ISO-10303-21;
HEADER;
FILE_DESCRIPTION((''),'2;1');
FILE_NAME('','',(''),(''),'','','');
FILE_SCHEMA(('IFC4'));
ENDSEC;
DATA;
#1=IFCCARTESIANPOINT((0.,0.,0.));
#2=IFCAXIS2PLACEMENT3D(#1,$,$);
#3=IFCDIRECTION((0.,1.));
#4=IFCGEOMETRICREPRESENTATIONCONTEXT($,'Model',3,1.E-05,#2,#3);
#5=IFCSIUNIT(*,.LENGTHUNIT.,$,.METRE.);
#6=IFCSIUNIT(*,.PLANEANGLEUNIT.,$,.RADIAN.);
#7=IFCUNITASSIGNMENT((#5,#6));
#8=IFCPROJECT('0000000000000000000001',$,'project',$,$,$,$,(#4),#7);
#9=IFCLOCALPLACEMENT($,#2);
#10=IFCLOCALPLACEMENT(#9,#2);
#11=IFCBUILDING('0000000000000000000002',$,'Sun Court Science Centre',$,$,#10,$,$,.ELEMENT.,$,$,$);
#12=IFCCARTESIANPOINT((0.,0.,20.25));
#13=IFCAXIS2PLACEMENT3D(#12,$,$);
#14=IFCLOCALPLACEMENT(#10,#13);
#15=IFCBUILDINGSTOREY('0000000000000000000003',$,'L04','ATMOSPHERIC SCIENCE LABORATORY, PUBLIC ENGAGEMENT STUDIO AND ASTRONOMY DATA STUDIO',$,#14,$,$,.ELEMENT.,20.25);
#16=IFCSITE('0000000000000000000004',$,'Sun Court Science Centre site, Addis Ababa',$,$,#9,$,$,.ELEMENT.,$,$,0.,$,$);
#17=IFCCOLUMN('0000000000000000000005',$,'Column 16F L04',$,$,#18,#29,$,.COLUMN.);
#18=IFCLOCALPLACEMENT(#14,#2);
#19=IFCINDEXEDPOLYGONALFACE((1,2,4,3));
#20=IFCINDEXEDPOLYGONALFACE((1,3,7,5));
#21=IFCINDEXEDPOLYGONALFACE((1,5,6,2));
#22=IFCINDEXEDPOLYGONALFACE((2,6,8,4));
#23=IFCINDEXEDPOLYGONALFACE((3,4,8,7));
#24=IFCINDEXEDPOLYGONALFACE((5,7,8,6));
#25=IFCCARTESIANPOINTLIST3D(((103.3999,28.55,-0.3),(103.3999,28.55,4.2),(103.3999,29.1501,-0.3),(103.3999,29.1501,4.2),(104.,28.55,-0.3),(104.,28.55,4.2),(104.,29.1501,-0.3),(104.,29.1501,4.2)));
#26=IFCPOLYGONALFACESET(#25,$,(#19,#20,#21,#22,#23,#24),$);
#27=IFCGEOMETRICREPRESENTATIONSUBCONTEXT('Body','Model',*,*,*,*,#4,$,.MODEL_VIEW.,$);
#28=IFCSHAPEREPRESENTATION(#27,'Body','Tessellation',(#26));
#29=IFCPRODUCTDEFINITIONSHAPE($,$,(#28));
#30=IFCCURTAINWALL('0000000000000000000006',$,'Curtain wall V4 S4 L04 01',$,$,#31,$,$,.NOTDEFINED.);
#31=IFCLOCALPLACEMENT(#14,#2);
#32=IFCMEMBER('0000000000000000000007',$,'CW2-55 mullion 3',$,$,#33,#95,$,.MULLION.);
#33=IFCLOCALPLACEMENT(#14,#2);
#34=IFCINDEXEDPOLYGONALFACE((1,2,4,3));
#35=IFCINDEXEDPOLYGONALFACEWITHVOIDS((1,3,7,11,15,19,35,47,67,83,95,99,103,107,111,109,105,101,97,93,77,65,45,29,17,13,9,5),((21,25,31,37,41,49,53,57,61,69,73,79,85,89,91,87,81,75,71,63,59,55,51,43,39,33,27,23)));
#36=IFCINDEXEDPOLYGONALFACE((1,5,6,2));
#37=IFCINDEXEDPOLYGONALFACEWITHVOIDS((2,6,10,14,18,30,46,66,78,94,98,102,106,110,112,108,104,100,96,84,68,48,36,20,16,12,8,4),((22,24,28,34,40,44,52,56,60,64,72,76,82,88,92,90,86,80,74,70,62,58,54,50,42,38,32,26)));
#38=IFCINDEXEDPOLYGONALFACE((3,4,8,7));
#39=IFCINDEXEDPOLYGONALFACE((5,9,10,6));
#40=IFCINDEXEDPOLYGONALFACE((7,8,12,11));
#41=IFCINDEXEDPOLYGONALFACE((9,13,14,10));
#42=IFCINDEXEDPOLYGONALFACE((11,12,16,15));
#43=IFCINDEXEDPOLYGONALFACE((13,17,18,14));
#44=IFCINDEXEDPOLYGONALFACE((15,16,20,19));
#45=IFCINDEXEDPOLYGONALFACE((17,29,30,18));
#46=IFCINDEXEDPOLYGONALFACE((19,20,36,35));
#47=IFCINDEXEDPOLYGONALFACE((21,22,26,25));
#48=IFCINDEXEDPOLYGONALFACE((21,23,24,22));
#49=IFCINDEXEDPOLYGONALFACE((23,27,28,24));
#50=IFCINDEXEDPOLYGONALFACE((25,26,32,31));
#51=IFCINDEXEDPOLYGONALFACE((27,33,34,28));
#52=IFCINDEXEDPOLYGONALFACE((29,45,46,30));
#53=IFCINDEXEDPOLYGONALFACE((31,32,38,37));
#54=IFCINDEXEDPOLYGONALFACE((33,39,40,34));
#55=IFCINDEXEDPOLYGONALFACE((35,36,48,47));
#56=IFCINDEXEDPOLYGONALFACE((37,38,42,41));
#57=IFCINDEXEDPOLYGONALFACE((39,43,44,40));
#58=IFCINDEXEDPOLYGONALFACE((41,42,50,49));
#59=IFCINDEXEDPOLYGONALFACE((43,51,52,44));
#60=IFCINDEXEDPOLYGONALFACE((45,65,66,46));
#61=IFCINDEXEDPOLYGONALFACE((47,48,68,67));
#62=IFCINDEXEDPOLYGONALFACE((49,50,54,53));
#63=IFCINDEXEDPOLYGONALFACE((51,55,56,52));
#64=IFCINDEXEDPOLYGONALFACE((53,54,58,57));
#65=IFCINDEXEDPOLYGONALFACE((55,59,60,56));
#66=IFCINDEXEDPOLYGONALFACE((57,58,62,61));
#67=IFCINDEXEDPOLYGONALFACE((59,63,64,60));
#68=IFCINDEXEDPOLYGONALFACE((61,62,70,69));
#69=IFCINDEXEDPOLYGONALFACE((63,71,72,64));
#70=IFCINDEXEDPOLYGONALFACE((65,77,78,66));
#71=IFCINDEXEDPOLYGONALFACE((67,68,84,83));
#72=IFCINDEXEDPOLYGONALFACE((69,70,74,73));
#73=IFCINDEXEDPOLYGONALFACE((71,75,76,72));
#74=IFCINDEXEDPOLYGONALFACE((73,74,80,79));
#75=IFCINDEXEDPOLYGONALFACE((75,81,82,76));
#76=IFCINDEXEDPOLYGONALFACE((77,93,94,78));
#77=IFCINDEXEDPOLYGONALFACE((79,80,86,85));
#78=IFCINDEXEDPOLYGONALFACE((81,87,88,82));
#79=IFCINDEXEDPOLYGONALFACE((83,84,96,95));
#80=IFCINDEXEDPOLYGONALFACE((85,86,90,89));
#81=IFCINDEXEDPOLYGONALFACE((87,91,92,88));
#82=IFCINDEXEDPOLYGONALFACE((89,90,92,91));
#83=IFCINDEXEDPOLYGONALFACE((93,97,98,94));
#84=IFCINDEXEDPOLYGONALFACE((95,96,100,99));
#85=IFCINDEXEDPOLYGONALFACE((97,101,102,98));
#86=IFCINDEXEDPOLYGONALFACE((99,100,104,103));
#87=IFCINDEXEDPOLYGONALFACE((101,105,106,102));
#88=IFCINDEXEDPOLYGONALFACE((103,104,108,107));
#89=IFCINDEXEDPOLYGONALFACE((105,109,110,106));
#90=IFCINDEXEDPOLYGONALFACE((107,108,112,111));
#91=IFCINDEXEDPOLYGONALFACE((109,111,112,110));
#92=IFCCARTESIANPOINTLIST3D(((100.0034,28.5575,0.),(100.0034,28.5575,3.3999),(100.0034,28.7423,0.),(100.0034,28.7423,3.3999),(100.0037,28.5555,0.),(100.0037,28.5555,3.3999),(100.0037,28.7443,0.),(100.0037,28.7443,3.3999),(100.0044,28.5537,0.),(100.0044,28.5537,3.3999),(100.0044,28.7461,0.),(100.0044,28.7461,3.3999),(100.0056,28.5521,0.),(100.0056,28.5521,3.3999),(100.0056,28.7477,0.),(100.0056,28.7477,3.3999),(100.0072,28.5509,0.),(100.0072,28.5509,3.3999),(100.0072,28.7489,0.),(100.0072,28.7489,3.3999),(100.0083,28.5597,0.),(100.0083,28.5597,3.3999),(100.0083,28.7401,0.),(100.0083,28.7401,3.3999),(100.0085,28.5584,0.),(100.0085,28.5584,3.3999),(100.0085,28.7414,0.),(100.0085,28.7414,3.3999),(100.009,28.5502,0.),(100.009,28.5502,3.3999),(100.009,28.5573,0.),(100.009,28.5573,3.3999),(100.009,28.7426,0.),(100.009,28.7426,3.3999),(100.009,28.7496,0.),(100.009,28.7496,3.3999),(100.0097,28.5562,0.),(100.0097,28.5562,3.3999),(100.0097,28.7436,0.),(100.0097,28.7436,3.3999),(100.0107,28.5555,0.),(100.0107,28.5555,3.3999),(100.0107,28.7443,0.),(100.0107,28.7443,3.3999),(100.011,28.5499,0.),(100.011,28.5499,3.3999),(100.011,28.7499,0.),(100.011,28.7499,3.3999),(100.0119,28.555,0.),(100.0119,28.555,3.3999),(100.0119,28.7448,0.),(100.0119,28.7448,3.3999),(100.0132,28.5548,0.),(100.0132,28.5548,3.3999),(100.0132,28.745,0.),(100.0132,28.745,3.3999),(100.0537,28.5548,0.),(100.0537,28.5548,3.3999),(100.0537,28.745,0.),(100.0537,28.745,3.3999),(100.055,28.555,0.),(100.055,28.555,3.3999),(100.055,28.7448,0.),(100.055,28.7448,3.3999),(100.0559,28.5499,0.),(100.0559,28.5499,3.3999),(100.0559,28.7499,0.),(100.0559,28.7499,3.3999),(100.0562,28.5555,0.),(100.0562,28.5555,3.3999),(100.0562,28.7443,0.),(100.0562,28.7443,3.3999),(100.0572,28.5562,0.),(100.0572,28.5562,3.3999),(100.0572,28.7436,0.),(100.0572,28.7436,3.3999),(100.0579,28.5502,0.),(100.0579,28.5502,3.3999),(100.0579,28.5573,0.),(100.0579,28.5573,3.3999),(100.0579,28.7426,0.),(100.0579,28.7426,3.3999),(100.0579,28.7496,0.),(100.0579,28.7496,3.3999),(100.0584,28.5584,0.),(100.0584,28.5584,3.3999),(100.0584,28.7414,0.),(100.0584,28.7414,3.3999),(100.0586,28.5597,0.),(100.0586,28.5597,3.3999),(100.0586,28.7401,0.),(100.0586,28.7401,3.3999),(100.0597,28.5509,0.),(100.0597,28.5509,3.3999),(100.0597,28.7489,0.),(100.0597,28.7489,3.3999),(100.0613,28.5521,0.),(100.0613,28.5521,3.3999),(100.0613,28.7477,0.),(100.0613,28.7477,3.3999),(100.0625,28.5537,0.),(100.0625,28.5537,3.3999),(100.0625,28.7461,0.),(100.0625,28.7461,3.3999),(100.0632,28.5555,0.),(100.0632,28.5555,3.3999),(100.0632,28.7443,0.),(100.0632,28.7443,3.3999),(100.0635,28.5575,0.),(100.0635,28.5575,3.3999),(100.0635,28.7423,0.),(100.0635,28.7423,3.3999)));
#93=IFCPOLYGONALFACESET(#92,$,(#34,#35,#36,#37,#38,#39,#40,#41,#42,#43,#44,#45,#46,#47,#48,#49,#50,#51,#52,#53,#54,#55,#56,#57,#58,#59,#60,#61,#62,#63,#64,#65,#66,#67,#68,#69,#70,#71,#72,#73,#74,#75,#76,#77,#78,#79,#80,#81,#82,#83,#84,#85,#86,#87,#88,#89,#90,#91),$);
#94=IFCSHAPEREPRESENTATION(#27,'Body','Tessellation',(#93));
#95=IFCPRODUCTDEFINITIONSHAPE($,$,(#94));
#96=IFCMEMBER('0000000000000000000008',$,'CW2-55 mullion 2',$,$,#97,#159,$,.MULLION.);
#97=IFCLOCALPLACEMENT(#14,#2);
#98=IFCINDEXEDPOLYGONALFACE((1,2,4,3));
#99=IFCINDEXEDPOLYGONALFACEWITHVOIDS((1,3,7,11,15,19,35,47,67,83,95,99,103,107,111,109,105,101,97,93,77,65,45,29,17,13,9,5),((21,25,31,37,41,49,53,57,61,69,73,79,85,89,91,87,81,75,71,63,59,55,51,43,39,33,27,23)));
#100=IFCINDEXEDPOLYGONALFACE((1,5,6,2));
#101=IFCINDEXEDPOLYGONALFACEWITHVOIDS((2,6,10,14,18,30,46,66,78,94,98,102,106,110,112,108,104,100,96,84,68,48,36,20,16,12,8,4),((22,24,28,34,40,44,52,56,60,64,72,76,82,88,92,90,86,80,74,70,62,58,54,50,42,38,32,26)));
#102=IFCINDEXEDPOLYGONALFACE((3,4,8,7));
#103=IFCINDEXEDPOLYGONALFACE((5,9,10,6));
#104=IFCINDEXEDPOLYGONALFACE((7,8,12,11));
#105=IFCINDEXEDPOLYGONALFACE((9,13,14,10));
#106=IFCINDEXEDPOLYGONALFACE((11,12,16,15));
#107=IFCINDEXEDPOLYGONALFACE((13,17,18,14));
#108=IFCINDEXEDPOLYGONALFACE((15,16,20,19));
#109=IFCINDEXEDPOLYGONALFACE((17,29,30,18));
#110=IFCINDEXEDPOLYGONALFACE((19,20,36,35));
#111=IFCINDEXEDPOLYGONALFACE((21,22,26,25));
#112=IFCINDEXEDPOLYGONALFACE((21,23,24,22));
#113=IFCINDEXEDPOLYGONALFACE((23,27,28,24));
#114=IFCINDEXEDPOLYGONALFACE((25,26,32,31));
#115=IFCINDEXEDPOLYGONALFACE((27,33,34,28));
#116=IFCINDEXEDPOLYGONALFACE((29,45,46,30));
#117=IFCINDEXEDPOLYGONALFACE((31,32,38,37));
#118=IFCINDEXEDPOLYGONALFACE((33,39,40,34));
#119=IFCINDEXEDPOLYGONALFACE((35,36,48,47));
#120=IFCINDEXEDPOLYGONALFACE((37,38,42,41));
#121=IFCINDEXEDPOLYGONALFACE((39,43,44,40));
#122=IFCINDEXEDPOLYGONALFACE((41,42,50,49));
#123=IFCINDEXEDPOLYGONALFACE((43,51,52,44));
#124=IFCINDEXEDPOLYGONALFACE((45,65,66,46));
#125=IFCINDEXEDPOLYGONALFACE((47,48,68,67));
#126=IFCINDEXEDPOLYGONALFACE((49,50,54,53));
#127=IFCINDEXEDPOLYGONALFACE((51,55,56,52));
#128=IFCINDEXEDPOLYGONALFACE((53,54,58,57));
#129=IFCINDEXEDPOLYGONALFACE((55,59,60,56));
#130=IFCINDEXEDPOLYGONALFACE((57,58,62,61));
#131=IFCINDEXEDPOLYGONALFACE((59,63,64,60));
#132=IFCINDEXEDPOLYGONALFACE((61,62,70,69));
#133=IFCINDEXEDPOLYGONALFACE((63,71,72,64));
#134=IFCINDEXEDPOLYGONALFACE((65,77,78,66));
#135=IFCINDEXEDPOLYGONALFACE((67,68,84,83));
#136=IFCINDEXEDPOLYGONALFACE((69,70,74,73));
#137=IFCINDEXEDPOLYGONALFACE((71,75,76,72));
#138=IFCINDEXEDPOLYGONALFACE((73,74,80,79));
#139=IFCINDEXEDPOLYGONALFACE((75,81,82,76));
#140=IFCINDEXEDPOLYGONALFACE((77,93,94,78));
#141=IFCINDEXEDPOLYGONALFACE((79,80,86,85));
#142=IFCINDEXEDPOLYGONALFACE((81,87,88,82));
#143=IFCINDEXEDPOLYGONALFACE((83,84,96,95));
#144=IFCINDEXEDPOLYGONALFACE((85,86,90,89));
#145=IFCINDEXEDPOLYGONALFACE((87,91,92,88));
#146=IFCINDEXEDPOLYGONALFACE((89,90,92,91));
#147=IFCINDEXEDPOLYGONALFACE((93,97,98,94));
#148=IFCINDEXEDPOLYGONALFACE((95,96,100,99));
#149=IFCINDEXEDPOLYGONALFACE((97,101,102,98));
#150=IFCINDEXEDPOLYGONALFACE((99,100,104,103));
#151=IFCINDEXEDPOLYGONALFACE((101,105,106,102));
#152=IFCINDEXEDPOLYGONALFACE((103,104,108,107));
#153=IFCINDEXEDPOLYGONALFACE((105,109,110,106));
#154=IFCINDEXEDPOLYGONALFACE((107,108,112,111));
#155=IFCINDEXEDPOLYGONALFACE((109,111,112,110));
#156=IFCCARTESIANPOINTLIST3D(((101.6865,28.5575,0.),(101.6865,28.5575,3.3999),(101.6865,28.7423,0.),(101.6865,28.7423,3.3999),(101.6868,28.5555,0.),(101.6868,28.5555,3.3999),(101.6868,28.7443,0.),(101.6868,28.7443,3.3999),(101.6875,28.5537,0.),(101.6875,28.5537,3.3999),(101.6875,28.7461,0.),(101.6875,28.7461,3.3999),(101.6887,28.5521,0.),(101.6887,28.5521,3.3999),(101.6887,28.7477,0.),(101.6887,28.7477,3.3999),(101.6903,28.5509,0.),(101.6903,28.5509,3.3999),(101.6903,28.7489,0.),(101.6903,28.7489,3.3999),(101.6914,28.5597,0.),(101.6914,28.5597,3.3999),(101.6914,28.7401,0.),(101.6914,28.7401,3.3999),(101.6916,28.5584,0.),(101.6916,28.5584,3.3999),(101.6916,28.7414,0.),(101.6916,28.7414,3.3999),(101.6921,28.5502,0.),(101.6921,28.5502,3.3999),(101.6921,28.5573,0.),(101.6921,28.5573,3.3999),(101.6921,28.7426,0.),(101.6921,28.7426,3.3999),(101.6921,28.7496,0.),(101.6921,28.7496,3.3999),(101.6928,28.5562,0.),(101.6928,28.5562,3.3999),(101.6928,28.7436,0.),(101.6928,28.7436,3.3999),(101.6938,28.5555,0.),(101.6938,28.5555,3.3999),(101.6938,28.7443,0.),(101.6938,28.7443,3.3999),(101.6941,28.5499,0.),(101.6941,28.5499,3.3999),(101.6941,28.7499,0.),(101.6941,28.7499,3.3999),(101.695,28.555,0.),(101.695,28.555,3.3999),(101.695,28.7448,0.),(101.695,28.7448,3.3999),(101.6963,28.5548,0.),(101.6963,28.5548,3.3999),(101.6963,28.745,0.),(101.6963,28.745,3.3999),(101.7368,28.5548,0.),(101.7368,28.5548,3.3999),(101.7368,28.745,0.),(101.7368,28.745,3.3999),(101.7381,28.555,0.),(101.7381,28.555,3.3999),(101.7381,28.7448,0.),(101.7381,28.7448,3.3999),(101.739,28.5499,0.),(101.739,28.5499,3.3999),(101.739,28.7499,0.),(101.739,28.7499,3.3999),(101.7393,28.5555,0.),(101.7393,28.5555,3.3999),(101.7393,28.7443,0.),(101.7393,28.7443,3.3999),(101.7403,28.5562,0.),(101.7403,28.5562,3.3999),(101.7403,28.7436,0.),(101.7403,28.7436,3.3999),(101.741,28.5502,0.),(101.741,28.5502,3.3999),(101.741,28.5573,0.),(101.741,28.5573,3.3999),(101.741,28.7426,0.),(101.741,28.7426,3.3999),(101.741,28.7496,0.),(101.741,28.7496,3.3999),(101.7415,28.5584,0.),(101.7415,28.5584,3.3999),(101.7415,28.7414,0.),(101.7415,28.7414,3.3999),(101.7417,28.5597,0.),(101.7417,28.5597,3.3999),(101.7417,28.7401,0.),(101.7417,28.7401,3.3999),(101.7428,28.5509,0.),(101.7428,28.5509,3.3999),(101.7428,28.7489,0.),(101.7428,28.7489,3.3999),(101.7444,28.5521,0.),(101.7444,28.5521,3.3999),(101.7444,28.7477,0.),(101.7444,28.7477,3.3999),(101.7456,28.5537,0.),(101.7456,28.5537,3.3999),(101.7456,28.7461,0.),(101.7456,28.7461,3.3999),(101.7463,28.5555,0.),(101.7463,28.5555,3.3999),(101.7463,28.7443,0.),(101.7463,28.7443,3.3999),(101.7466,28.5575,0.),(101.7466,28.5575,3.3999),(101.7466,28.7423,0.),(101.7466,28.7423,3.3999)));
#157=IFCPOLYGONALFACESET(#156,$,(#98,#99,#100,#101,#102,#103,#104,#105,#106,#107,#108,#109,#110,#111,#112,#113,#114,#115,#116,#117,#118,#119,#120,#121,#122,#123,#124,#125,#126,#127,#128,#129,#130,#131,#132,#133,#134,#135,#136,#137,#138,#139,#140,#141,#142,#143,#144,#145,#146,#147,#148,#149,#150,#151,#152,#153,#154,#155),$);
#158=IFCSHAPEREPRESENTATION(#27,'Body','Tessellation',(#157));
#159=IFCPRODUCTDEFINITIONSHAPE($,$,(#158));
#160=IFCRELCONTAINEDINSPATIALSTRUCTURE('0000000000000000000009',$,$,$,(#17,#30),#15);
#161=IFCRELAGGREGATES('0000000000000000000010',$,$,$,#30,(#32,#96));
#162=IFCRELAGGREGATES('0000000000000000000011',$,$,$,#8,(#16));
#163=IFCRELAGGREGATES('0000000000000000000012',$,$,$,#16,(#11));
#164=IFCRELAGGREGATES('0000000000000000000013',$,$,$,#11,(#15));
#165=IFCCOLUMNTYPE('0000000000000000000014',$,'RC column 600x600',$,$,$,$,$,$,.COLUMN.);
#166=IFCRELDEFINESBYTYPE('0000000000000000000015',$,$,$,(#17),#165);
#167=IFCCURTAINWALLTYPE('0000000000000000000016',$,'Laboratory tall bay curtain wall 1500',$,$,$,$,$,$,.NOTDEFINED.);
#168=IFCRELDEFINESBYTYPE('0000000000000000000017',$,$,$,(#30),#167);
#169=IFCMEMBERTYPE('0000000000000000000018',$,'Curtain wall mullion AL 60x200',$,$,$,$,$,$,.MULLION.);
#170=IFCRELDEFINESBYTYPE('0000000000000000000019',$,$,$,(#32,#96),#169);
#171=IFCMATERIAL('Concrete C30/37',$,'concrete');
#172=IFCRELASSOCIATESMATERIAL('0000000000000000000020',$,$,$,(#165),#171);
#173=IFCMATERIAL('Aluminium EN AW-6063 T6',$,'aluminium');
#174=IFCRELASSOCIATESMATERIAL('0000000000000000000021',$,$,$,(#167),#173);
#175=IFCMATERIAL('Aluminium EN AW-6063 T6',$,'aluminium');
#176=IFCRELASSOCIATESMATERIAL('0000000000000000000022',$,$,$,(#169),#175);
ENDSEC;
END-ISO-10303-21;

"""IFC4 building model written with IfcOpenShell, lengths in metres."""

from ifc_helpers import new_model, si_unit, direction, frame, origin, origin_2d, place, context, subcontext, project, spatial, rectangle, hollow_rectangle, extrude, material, material_profile, profile_set, type_object, element, aggregate, save


model = new_model("IFC4")

# Units and contexts
model_context = context("Model", 3, precision=1e-05, world=origin(), true_north=direction((0.0, 1.0)))
body_context = subcontext(model_context, "Body", "Model", "MODEL_VIEW")
ifc_project = project(units=[si_unit("LENGTHUNIT", "METRE"), si_unit("PLANEANGLEUNIT", "RADIAN")], contexts=[model_context])

# Site, building, storey
site_placement = place(None, origin())
site = spatial("IfcSite", under=ifc_project, at=site_placement, Name="Sun Court Science Centre site, Addis Ababa", CompositionType="ELEMENT", RefElevation=0.0)
building_placement = place(site_placement, origin())
building = spatial("IfcBuilding", under=site, at=building_placement, Name="Sun Court Science Centre", CompositionType="ELEMENT")
storey_placement = place(building_placement, frame((0.0, 0.0, 20.25)))
storey = spatial("IfcBuildingStorey", under=building, at=storey_placement, Name="L04", Description="ATMOSPHERIC SCIENCE LABORATORY, PUBLIC ENGAGEMENT STUDIO AND ASTRONOMY DATA STUDIO", CompositionType="ELEMENT", Elevation=20.25)

# Column
ifc_material_1 = material(Name="Concrete C30/37", Category="concrete")
ifc_material_profile_1 = material_profile(ifc_material_1, rectangle(XDim=0.6001, YDim=0.6001, at=origin_2d()), Name="RC 600x600")
ifc_profile_set_1 = profile_set([ifc_material_profile_1], Name="Concrete C30/37")
column_type = type_object("IfcColumnType", Name="RC column 600x600", PredefinedType="COLUMN", material=ifc_profile_set_1)
column_placement = place(storey_placement, frame((103.7, 28.8501, -0.3), z_axis=(0.0, 0.0, 1.0), x_axis=(1.0, 0.0, 0.0)))
element("IfcColumn", 1, at=column_placement, inside=storey, type_object=column_type, Name="Column 16F L04", PredefinedType="COLUMN", context=body_context, shape_type="SweptSolid", body=[
    extrude(rectangle(XDim=0.6001, YDim=0.6001, at=origin_2d()), origin(), (0.0, 0.0, 1.0), 4.5),
])

# Curtain wall, members
ifc_material_2 = material(Name="Aluminium EN AW-6063 T6", Category="aluminium")
curtain_wall_type = type_object("IfcCurtainWallType", Name="Laboratory tall bay curtain wall 1500", PredefinedType="NOTDEFINED", material=ifc_material_2)
curtain_wall_placement = place(storey_placement, origin())
curtain_wall = element("IfcCurtainWall", 2, at=curtain_wall_placement, inside=storey, type_object=curtain_wall_type, Name="Curtain wall V4 S4 L04 01", PredefinedType="NOTDEFINED")
ifc_material_3 = material(Name="Aluminium EN AW-6063 T6", Category="aluminium")
ifc_material_profile_2 = material_profile(ifc_material_3, hollow_rectangle(XDim=0.0601, YDim=0.2, WallThickness=0.0049, InnerFilletRadius=0.0049, OuterFilletRadius=0.0076, at=origin_2d()), Name="AL 60x200x5")
ifc_profile_set_2 = profile_set([ifc_material_profile_2], Name="Aluminium EN AW-6063 T6")
member_type_1 = type_object("IfcMemberType", Name="Curtain wall mullion AL 60x200", PredefinedType="MULLION", material=ifc_profile_set_2)
member_1_placement = place(storey_placement, frame((100.0334, 28.6499, 0.0), z_axis=(0.0, 0.0, 1.0), x_axis=(-1.0, 0.0, 0.0)))
member_1 = element("IfcMember", 3, at=member_1_placement, type_object=member_type_1, Name="CW2-55 mullion 3", PredefinedType="MULLION", context=body_context, shape_type="SweptSolid", body=[
    extrude(hollow_rectangle(XDim=0.0601, YDim=0.2, WallThickness=0.0049, InnerFilletRadius=0.0049, OuterFilletRadius=0.0076, at=origin_2d()), origin(), (0.0, 0.0, 1.0), 3.3999),
])
member_2_placement = place(storey_placement, frame((101.7166, 28.6499, 0.0), z_axis=(0.0, 0.0, 1.0), x_axis=(-1.0, 0.0, 0.0)))
member_2 = element("IfcMember", 4, at=member_2_placement, type_object=member_type_1, Name="CW2-55 mullion 2", PredefinedType="MULLION", context=body_context, shape_type="SweptSolid", body=[
    extrude(hollow_rectangle(XDim=0.0601, YDim=0.2, WallThickness=0.0049, InnerFilletRadius=0.0049, OuterFilletRadius=0.0076, at=origin_2d()), origin(), (0.0, 0.0, 1.0), 3.3999),
])

aggregate(curtain_wall, [member_1, member_2])

save(model, "model.ifc")
